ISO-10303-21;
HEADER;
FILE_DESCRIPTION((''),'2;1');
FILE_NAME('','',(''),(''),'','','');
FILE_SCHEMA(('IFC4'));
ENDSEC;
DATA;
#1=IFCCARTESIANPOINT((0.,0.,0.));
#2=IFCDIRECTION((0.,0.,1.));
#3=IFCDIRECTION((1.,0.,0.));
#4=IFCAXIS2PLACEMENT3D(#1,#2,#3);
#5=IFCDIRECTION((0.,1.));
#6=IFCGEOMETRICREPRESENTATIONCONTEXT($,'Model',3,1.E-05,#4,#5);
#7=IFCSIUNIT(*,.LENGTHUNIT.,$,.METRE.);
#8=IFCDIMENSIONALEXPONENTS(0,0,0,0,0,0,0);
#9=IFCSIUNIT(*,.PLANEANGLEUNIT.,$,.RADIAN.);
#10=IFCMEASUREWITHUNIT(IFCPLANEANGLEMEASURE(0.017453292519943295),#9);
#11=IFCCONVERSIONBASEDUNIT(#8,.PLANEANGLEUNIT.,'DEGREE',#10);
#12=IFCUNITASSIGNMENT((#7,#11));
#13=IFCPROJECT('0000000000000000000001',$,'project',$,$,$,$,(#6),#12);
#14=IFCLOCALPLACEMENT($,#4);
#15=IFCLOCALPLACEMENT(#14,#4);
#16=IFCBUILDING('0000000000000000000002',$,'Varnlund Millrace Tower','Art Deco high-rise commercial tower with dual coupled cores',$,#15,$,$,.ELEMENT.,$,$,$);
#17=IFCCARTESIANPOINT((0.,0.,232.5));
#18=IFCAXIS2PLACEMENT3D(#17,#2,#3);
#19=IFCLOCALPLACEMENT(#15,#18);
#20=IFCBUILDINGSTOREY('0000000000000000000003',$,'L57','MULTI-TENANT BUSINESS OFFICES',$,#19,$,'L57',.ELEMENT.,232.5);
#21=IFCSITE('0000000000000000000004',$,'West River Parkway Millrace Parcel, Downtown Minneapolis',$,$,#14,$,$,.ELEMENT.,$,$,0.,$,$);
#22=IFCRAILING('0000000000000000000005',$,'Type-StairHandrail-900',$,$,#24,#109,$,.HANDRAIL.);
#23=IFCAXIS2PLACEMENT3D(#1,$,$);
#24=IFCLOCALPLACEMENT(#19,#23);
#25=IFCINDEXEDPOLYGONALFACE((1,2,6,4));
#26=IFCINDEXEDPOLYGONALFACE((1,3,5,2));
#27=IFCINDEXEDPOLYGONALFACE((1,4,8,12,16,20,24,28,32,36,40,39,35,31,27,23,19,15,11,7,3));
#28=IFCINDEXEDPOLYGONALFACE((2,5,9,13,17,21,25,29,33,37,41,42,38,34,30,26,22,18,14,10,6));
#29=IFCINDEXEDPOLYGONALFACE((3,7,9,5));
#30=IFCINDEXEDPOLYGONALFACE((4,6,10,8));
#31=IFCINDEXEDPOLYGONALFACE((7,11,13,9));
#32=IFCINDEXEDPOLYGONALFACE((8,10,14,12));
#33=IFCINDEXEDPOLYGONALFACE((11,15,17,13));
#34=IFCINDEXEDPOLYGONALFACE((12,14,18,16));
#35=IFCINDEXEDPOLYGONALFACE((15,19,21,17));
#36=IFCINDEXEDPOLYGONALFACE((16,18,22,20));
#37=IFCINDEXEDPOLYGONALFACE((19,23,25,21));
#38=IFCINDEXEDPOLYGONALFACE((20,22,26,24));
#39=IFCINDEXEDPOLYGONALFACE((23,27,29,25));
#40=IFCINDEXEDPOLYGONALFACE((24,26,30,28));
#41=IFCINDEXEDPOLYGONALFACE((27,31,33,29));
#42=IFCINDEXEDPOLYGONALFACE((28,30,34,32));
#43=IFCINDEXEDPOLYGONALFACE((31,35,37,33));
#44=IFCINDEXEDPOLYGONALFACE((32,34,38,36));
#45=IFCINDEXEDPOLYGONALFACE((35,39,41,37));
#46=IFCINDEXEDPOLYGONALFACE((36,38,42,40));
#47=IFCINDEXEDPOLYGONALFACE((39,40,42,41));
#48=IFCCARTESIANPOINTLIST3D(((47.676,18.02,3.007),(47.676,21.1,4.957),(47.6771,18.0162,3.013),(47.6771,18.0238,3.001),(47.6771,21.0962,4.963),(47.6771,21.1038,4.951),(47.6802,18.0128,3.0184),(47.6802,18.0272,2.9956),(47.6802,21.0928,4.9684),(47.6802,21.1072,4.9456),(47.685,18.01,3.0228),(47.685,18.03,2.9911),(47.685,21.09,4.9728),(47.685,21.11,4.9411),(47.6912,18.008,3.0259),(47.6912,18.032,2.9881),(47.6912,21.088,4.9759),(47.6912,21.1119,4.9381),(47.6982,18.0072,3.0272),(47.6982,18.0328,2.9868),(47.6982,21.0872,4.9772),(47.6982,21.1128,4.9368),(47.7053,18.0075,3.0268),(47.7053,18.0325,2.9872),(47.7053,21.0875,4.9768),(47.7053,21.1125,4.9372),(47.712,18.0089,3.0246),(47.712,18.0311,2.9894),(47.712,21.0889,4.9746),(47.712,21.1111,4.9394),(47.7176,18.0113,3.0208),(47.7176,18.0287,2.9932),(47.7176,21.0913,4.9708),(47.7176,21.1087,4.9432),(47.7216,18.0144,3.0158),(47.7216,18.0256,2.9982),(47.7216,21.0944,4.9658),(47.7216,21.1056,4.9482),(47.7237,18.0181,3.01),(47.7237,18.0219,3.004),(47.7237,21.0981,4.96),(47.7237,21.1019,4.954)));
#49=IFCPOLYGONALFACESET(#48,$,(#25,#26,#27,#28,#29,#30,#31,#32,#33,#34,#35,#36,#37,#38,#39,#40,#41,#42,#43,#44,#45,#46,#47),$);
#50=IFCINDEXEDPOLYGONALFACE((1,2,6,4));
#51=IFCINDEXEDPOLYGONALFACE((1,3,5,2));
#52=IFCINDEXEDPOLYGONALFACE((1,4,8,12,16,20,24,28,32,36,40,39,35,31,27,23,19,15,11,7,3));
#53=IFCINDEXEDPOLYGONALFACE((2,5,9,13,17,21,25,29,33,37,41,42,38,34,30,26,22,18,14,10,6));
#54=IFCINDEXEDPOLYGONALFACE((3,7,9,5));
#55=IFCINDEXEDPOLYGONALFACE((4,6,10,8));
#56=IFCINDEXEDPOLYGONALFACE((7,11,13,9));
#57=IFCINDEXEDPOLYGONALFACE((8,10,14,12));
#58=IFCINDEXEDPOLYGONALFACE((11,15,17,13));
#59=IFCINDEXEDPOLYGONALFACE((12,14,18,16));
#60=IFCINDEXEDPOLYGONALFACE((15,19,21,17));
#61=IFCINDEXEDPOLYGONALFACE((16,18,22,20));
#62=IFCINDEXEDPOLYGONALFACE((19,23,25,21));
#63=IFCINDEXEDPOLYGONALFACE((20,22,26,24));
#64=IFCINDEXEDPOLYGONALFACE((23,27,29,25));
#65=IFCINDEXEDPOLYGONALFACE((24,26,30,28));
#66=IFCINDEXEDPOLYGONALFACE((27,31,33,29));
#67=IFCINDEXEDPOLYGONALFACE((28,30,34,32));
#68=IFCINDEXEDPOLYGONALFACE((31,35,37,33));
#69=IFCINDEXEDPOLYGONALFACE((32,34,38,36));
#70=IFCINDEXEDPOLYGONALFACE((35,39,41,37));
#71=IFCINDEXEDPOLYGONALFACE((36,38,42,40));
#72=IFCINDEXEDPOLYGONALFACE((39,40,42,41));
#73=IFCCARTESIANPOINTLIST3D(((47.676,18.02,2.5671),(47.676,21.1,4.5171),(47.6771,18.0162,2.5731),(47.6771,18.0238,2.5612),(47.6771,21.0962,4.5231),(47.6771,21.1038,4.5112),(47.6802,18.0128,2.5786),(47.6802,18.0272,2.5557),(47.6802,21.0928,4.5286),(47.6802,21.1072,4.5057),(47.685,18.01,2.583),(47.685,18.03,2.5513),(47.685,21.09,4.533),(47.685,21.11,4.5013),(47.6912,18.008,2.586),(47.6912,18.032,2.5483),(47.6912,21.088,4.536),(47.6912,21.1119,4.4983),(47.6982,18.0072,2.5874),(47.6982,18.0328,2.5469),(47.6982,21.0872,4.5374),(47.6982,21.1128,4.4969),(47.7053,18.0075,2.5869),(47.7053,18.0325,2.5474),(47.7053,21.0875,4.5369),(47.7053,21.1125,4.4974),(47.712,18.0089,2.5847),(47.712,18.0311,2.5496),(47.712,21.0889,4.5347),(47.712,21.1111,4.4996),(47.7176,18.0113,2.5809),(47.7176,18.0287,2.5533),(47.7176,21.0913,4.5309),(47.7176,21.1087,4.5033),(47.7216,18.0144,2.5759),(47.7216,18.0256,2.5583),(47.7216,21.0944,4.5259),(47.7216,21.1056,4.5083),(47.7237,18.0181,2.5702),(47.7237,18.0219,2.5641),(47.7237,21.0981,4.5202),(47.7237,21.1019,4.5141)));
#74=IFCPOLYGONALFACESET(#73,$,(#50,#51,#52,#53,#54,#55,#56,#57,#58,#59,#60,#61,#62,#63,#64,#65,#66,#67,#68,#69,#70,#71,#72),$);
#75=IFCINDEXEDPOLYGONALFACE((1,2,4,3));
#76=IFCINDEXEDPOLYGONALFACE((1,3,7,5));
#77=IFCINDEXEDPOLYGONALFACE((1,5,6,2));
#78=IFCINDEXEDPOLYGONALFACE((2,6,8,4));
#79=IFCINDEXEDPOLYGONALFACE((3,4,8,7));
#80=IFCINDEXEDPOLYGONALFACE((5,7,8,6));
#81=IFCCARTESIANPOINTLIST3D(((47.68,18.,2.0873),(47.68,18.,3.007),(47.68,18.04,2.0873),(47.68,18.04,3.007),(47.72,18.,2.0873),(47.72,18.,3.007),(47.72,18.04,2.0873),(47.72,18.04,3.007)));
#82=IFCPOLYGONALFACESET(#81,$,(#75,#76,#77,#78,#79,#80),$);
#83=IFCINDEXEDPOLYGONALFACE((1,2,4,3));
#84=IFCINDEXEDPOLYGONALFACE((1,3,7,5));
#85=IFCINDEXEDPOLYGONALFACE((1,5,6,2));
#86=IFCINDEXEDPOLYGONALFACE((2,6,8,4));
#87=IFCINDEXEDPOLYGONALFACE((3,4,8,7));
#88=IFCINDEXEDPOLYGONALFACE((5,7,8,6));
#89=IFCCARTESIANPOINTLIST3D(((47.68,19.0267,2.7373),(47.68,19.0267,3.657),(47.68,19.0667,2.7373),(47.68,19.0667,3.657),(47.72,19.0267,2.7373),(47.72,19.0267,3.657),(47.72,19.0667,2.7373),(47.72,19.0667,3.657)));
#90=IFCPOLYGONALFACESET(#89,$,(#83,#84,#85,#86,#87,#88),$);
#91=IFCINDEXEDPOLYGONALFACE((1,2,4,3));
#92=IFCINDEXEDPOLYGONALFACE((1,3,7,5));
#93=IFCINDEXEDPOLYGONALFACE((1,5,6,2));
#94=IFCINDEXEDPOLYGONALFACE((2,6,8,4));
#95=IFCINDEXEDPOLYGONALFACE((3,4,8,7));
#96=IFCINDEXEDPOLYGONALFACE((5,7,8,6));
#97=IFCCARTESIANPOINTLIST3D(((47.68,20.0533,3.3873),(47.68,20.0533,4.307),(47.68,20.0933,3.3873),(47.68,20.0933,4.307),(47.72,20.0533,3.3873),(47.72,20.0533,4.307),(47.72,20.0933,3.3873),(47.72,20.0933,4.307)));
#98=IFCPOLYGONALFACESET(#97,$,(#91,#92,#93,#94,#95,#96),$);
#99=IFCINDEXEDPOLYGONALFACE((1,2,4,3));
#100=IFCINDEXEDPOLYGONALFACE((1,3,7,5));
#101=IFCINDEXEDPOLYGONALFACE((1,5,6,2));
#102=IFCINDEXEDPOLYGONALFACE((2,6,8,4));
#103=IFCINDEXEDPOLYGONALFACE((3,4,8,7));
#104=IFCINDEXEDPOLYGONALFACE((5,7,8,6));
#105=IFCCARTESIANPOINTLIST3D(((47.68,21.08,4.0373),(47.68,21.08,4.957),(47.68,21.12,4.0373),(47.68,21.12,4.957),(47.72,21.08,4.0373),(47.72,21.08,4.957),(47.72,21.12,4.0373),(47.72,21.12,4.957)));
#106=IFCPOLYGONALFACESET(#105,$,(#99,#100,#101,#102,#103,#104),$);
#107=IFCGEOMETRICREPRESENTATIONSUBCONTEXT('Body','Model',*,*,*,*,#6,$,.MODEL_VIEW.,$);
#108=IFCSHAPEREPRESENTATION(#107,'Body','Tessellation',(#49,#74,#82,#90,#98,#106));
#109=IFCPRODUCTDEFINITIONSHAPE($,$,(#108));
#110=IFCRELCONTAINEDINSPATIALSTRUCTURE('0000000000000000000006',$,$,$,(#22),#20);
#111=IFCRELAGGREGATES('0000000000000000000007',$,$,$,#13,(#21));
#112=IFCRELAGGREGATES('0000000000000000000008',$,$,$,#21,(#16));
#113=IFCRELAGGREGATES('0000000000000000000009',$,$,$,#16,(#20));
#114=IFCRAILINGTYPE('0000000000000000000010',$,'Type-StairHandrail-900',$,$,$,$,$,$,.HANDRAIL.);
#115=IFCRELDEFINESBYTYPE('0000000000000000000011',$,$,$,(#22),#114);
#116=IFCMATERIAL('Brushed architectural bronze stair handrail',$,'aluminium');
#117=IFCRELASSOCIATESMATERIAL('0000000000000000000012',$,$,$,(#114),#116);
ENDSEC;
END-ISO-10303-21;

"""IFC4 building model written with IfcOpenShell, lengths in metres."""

from ifc_helpers import new_model, entity, si_unit, converted_unit, direction, frame, origin_with_axes, origin_2d_with_axis, place, context, subcontext, project, spatial, rectangle, circle, extrude, material, type_object, element, save


model = new_model("IFC4")

# Units and contexts
model_context = context("Model", 3, precision=1e-05, world=origin_with_axes(), true_north=direction((0.0, 1.0)))
body_context = subcontext(model_context, "Body", "Model", "MODEL_VIEW")
ifc_project = project(units=[si_unit("LENGTHUNIT", "METRE"), converted_unit("PLANEANGLEUNIT", "DEGREE", entity("IfcPlaneAngleMeasure", 0.017453292519943295), si_unit("PLANEANGLEUNIT", "RADIAN"), dimensions=[0, 0, 0, 0, 0, 0, 0])], contexts=[model_context])

# Site, building, storey
site_placement = place(None, origin_with_axes())
site = spatial("IfcSite", under=ifc_project, at=site_placement, Name="West River Parkway Millrace Parcel, Downtown Minneapolis", CompositionType="ELEMENT", RefElevation=0.0)
building_placement = place(site_placement, origin_with_axes())
building = spatial("IfcBuilding", under=site, at=building_placement, Name="Varnlund Millrace Tower", Description="Art Deco high-rise commercial tower with dual coupled cores", CompositionType="ELEMENT")
storey_placement = place(building_placement, frame((0.0, 0.0, 232.5), z_axis=(0.0, 0.0, 1.0), x_axis=(1.0, 0.0, 0.0)))
storey = spatial("IfcBuildingStorey", under=building, at=storey_placement, Name="L57", Description="MULTI-TENANT BUSINESS OFFICES", LongName="L57", CompositionType="ELEMENT", Elevation=232.5)

# Railing
ifc_material_1 = material(Name="Brushed architectural bronze stair handrail", Category="aluminium")
railing_type_1 = type_object("IfcRailingType", Name="Type-StairHandrail-900", PredefinedType="HANDRAIL", material=ifc_material_1)
railing_1_placement = place(storey_placement, frame((0.0, 0.0, -232.5), z_axis=(0.0, 0.0, 1.0), x_axis=(1.0, 0.0, 0.0)))
element("IfcRailing", 1, at=railing_1_placement, inside=storey, type_object=railing_type_1, Name="Type-StairHandrail-900", PredefinedType="HANDRAIL", context=body_context, shape_type="SweptSolid", body=[
    extrude(circle(Radius=0.024, at=origin_2d_with_axis()), frame((47.7, 18.02, 235.507), z_axis=(0.0, 0.844902, 0.534922), x_axis=(-1.0, 0.0, 0.0)), (0.0, 0.0, 1.0), 3.6454),
    extrude(circle(Radius=0.024, at=origin_2d_with_axis()), frame((47.7, 18.02, 235.0671), z_axis=(0.0, 0.844902, 0.534922), x_axis=(-1.0, 0.0, 0.0)), (0.0, 0.0, 1.0), 3.6454),
    extrude(rectangle(XDim=0.04, YDim=0.04, at=origin_2d_with_axis()), frame((47.7, 18.02, 234.5873), z_axis=(0.0, 0.0, 1.0), x_axis=(1.0, 0.0, 0.0)), (0.0, 0.0, 1.0), 0.9197),
    extrude(rectangle(XDim=0.04, YDim=0.04, at=origin_2d_with_axis()), frame((47.7, 19.0467, 235.2373), z_axis=(0.0, 0.0, 1.0), x_axis=(1.0, 0.0, 0.0)), (0.0, 0.0, 1.0), 0.9197),
    extrude(rectangle(XDim=0.04, YDim=0.04, at=origin_2d_with_axis()), frame((47.7, 20.0733, 235.8873), z_axis=(0.0, 0.0, 1.0), x_axis=(1.0, 0.0, 0.0)), (0.0, 0.0, 1.0), 0.9197),
    extrude(rectangle(XDim=0.04, YDim=0.04, at=origin_2d_with_axis()), frame((47.7, 21.1, 236.5373), z_axis=(0.0, 0.0, 1.0), x_axis=(1.0, 0.0, 0.0)), (0.0, 0.0, 1.0), 0.9197),
])

save(model, "model.ifc")
